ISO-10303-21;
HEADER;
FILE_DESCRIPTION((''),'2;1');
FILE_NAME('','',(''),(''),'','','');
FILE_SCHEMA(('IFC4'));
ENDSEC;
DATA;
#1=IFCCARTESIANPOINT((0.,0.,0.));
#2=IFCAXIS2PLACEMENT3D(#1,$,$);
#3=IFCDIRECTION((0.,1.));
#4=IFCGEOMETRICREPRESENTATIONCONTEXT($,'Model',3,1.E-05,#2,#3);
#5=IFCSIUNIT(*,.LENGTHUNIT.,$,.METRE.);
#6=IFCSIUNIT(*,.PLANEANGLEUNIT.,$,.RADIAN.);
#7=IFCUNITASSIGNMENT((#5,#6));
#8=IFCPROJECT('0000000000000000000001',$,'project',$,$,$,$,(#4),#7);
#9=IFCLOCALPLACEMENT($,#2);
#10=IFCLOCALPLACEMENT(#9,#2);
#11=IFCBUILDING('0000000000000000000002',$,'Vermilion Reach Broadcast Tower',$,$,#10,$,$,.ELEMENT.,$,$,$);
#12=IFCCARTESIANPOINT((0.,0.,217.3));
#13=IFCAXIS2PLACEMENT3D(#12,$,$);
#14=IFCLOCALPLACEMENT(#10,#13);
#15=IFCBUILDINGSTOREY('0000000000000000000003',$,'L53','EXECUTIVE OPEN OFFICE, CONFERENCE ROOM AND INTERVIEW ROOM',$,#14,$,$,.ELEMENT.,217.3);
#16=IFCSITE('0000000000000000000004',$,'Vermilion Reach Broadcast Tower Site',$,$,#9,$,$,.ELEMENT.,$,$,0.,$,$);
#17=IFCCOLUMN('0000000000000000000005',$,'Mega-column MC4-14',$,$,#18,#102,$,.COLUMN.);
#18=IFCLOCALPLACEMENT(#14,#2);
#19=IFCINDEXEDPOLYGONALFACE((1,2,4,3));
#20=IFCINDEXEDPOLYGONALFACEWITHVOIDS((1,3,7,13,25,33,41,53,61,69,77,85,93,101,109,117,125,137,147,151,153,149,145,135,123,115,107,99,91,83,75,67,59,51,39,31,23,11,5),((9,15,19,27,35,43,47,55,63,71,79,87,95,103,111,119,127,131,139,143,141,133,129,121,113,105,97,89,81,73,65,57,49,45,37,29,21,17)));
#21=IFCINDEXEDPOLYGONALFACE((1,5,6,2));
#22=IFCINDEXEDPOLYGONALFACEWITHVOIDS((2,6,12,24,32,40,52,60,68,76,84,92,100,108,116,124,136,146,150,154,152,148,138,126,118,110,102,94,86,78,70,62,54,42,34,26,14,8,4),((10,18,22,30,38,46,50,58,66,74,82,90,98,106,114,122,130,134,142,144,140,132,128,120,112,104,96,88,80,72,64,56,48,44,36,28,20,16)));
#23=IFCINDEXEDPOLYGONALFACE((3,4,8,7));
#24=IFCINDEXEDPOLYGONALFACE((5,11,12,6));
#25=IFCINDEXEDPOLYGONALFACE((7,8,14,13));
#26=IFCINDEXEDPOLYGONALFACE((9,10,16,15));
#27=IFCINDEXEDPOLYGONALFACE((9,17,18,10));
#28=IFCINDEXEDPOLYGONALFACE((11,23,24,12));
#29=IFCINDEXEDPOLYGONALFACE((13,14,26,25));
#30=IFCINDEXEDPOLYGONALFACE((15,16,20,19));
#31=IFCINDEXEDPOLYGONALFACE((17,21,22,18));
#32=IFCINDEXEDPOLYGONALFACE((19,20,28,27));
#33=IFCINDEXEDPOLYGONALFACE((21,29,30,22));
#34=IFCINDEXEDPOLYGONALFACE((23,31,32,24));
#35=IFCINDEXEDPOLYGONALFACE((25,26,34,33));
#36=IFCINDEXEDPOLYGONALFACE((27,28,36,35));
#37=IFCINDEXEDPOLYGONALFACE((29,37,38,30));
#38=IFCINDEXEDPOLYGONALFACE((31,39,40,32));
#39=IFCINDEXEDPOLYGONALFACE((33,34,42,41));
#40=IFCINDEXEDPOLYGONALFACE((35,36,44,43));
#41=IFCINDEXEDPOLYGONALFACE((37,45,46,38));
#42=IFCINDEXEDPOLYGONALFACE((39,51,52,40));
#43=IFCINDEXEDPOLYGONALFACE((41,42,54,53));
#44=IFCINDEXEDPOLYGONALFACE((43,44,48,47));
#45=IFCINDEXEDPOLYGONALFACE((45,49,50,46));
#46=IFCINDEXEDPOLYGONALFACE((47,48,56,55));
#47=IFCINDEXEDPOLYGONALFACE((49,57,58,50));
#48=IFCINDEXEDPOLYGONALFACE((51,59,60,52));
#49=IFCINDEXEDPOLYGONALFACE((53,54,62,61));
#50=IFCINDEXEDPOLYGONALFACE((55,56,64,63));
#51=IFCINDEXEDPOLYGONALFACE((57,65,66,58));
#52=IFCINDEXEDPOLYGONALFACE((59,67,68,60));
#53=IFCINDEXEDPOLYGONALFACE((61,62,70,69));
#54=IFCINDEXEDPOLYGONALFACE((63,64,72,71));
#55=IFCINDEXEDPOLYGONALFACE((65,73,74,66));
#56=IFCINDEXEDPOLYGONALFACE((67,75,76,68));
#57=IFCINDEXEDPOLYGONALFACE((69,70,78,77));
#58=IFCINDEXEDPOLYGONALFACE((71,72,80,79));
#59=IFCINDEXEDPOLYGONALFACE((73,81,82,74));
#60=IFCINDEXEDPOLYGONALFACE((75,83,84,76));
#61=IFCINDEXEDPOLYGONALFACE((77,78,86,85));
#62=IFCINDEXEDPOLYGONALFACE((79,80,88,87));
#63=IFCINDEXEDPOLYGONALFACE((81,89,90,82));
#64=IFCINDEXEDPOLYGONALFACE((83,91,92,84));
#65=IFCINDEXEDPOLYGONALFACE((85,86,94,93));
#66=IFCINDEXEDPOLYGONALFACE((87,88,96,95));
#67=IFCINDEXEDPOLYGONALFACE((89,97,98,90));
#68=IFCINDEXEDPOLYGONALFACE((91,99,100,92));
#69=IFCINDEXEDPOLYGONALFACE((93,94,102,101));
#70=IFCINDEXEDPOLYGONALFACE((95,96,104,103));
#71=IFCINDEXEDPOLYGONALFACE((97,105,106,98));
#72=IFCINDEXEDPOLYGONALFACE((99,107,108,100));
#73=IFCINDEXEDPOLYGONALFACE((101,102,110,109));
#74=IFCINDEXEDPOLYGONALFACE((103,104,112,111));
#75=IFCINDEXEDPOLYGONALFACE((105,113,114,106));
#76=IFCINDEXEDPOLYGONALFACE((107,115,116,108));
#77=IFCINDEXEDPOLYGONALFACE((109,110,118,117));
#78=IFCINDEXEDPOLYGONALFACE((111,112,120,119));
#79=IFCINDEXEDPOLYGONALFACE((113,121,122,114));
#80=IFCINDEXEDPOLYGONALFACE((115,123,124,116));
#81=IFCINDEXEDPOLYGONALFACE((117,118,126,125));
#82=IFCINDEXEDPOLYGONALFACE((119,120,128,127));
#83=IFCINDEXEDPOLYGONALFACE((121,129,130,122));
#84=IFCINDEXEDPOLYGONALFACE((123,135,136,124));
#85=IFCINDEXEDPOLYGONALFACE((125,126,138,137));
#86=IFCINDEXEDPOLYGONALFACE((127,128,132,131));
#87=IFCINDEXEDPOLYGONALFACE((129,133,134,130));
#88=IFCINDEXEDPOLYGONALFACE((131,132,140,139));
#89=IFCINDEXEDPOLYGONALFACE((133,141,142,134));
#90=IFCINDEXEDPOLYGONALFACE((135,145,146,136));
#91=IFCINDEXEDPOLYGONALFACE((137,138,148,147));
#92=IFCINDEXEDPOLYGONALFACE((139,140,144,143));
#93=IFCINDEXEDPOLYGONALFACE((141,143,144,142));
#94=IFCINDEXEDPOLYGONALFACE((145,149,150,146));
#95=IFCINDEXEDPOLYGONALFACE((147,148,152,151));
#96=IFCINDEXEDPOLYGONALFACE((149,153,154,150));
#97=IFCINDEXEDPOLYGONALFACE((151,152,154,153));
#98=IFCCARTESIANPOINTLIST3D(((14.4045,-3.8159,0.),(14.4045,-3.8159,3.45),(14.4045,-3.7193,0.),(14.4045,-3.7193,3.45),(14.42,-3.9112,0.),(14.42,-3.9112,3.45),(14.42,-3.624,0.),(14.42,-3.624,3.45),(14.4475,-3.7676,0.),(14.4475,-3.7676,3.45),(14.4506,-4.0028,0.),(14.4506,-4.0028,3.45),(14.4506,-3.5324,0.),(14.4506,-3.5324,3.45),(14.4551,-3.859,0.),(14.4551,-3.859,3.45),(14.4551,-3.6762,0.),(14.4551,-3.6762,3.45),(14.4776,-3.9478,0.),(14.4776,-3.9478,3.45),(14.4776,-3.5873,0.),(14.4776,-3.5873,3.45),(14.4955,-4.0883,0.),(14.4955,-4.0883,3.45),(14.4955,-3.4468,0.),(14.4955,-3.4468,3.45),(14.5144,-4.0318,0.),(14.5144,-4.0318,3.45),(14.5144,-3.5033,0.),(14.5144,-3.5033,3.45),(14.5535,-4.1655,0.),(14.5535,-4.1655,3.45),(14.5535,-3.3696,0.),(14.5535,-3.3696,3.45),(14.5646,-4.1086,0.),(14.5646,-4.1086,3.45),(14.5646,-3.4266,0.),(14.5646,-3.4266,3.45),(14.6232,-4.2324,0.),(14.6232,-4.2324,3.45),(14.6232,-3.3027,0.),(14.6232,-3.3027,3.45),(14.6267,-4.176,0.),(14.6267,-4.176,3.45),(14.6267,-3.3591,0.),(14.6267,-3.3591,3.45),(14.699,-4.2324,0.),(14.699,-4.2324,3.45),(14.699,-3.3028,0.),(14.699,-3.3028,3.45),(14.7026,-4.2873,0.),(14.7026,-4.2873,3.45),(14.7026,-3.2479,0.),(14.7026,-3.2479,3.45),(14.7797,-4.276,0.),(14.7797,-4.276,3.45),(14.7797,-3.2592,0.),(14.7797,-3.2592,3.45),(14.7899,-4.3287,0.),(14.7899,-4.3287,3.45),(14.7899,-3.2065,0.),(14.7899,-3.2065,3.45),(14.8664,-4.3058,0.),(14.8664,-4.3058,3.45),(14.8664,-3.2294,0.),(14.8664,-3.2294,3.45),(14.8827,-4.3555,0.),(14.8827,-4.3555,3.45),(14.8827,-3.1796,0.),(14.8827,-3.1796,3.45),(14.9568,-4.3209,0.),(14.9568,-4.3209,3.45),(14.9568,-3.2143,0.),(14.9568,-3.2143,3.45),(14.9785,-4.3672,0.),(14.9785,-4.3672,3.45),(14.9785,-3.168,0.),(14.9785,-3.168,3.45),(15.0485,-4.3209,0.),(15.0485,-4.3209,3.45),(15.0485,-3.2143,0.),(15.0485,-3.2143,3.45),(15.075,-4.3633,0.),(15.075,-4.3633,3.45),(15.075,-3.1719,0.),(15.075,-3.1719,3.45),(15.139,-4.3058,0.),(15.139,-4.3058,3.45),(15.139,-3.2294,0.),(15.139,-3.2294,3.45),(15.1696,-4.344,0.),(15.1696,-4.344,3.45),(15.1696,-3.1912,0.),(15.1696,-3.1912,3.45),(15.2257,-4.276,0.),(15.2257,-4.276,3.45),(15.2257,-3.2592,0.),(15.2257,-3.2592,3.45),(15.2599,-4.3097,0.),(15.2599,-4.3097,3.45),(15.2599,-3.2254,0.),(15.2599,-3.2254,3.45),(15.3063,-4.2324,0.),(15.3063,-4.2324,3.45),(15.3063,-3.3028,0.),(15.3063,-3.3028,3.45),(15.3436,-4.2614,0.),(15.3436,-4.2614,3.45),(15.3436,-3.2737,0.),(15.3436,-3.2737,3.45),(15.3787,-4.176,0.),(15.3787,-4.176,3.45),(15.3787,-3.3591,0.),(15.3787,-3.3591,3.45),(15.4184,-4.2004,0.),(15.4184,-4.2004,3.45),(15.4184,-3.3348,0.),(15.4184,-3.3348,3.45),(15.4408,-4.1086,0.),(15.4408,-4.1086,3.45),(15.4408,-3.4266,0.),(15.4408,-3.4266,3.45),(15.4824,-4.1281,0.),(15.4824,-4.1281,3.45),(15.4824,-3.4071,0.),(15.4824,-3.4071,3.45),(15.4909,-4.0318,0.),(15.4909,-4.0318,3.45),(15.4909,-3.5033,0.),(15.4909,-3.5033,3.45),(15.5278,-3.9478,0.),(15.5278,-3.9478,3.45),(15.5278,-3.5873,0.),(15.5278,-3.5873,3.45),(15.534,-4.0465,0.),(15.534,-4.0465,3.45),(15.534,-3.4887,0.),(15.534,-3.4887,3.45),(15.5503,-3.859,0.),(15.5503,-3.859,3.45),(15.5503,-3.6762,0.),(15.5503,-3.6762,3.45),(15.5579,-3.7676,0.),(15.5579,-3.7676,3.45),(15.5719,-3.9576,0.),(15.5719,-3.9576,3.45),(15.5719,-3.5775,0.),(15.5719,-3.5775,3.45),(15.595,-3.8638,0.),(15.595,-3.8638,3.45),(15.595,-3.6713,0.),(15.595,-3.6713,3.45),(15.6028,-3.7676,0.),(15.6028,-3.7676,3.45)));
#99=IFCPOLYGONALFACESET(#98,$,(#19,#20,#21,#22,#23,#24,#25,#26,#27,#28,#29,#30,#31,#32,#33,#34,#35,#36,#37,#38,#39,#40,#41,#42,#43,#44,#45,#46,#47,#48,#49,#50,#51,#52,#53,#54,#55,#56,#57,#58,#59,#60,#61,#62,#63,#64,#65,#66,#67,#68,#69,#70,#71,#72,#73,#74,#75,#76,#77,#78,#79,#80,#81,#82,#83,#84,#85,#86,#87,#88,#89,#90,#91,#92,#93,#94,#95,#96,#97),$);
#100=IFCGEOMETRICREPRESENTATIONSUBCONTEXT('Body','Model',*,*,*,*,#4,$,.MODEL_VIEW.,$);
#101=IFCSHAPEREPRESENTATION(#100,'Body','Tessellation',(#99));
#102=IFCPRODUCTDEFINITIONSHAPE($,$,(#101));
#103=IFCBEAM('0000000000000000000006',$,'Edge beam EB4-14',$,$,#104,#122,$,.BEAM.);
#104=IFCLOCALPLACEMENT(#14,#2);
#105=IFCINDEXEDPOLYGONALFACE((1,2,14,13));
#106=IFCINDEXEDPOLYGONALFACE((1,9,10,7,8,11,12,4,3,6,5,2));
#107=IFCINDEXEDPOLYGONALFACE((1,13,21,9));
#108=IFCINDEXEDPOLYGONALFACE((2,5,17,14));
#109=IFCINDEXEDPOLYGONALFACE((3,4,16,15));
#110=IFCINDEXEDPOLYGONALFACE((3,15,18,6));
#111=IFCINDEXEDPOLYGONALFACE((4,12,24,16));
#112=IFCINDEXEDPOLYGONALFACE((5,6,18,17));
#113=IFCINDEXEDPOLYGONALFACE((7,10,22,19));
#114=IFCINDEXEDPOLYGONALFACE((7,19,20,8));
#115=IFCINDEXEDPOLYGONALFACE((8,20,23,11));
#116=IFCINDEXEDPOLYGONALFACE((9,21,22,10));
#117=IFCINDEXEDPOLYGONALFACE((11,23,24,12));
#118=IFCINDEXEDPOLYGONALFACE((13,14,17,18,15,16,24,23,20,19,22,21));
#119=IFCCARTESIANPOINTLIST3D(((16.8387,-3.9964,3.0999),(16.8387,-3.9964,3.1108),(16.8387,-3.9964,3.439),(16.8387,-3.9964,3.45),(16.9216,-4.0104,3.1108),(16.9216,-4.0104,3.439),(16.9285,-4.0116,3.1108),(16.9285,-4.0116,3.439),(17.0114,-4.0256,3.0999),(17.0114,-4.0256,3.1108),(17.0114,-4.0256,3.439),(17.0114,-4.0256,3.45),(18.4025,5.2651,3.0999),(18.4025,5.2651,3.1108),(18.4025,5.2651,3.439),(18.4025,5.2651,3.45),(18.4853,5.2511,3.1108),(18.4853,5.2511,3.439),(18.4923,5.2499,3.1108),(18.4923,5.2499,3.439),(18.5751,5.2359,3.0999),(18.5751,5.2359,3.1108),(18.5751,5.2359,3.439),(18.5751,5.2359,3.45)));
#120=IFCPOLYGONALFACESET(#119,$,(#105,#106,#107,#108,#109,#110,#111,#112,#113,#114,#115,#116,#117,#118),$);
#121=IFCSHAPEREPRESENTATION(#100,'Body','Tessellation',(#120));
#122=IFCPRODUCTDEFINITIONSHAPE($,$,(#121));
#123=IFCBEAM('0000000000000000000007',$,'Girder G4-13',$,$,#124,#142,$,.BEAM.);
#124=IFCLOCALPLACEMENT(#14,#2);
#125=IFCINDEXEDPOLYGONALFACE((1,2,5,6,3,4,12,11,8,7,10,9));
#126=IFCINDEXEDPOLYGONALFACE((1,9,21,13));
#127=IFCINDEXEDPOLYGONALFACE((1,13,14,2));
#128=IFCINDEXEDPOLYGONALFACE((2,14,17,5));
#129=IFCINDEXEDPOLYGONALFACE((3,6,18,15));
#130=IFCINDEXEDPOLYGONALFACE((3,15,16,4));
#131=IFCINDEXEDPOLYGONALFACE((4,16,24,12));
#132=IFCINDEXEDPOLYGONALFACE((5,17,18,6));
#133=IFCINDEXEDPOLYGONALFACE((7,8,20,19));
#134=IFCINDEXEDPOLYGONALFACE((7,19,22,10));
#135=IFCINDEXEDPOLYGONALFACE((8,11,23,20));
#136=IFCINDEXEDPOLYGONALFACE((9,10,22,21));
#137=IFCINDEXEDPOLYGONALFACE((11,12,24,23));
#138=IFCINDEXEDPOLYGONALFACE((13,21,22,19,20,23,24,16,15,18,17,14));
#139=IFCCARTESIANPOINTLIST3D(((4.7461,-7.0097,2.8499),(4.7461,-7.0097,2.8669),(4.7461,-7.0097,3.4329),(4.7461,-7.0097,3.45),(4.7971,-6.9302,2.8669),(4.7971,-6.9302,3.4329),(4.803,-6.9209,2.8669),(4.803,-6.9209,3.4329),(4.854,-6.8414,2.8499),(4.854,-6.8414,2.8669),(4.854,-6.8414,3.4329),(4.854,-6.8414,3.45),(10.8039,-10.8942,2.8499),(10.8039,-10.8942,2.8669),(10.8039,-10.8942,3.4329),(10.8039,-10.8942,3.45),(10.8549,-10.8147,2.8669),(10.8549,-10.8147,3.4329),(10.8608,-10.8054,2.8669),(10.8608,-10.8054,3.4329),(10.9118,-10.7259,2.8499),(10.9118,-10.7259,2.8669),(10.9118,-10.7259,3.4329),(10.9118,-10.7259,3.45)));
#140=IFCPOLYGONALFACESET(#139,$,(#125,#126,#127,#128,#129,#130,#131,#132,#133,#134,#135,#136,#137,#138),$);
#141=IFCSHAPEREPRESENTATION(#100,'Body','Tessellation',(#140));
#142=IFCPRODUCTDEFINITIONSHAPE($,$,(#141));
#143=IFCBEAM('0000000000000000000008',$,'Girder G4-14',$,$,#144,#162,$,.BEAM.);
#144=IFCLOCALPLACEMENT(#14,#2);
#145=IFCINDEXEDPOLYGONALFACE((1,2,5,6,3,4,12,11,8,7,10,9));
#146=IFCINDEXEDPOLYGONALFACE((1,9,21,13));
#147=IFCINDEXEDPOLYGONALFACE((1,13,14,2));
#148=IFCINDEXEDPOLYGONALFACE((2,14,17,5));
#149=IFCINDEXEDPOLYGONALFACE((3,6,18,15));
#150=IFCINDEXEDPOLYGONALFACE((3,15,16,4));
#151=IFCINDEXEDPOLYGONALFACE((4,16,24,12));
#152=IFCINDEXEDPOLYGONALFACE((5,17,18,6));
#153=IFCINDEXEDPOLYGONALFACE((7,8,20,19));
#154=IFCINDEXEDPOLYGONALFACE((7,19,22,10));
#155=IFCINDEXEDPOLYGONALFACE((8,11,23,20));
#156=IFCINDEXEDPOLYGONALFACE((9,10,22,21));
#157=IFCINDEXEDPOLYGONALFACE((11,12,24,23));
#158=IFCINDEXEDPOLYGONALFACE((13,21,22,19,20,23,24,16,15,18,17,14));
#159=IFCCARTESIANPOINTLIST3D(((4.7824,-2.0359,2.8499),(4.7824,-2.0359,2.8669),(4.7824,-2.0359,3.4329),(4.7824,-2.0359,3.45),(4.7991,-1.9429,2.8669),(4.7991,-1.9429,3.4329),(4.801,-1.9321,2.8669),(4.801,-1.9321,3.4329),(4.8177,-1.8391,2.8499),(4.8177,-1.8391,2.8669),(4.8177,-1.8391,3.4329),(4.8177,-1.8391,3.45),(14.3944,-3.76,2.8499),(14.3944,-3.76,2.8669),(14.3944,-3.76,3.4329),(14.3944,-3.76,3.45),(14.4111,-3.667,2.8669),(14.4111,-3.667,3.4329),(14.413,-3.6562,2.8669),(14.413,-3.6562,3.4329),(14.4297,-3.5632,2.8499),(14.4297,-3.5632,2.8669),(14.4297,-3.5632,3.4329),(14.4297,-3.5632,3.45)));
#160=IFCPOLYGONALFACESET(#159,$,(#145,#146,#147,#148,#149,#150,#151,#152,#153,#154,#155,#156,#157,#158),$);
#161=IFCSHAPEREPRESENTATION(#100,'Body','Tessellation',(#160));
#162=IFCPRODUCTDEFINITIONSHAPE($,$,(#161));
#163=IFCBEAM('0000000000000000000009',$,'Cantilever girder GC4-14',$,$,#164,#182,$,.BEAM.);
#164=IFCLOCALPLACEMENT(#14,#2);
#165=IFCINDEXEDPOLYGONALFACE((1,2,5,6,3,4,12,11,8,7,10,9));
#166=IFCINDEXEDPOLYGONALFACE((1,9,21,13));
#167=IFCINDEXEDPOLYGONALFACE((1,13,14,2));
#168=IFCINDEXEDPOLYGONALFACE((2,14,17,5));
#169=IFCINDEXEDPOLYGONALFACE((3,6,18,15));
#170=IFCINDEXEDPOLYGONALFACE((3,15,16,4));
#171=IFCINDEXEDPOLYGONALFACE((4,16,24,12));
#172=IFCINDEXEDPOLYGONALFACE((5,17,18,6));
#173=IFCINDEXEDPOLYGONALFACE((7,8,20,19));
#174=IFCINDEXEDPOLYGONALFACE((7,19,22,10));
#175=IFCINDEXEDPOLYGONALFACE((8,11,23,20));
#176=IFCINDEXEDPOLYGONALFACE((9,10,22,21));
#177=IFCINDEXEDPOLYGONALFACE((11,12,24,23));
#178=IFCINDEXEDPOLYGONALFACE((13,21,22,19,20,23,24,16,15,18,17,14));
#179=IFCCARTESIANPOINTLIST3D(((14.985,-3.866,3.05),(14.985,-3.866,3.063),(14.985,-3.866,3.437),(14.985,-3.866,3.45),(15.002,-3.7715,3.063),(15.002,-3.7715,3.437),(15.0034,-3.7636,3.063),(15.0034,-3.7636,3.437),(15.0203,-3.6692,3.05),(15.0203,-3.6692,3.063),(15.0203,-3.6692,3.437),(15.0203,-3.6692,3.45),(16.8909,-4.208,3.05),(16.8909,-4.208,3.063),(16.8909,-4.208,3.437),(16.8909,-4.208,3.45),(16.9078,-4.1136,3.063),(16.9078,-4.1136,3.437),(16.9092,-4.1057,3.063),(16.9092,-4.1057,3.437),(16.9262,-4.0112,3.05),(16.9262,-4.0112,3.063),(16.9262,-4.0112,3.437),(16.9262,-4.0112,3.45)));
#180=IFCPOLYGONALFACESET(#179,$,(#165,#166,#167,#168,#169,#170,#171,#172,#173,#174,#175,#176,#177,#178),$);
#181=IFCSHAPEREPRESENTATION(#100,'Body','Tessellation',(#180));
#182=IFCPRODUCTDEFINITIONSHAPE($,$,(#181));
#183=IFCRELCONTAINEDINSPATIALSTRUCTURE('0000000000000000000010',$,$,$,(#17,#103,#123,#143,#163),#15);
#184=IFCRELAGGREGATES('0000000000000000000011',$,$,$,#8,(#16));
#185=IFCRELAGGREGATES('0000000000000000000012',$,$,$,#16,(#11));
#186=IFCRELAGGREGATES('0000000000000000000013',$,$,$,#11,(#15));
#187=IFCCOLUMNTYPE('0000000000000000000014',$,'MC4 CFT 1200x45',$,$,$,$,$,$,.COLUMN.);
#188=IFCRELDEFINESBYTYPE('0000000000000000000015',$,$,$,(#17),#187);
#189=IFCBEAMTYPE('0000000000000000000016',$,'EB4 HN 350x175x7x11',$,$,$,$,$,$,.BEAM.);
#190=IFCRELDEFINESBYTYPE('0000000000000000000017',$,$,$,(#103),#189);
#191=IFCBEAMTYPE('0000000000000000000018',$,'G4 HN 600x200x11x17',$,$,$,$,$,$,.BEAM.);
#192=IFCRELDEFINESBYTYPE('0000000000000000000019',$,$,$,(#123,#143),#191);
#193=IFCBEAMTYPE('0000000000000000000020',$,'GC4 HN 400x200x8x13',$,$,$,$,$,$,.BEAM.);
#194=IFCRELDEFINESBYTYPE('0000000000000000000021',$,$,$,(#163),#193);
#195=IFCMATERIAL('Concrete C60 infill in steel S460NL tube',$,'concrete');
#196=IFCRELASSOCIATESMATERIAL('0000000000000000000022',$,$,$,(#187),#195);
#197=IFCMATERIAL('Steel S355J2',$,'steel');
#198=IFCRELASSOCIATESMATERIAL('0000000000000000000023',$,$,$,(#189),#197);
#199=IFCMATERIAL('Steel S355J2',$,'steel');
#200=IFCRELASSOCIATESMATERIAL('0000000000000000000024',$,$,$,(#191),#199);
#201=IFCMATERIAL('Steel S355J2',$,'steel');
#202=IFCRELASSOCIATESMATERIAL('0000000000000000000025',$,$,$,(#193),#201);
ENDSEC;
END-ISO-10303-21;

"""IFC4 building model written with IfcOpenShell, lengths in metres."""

from ifc_helpers import new_model, si_unit, direction, frame, origin, origin_2d, place, context, subcontext, project, spatial, hollow_circle, i_section, extrude, material, material_profile, profile_set, type_object, element, save


model = new_model("IFC4")

# Units and contexts
model_context = context("Model", 3, precision=1e-05, world=origin(), true_north=direction((0.0, 1.0)))
body_context = subcontext(model_context, "Body", "Model", "MODEL_VIEW")
ifc_project = project(units=[si_unit("LENGTHUNIT", "METRE"), si_unit("PLANEANGLEUNIT", "RADIAN")], contexts=[model_context])

# Site, building, storey
site_placement = place(None, origin())
site = spatial("IfcSite", under=ifc_project, at=site_placement, Name="Vermilion Reach Broadcast Tower Site", CompositionType="ELEMENT", RefElevation=0.0)
building_placement = place(site_placement, origin())
building = spatial("IfcBuilding", under=site, at=building_placement, Name="Vermilion Reach Broadcast Tower", CompositionType="ELEMENT")
storey_placement = place(building_placement, frame((0.0, 0.0, 217.3)))
storey = spatial("IfcBuildingStorey", under=building, at=storey_placement, Name="L53", Description="EXECUTIVE OPEN OFFICE, CONFERENCE ROOM AND INTERVIEW ROOM", CompositionType="ELEMENT", Elevation=217.3)

# Column
ifc_material_1 = material(Name="Concrete C60 infill in steel S460NL tube", Category="concrete")
ifc_material_profile_1 = material_profile(ifc_material_1, hollow_circle(Radius=0.6001, WallThickness=0.0449, at=origin_2d()), Name="Concrete C60 infill in steel S460NL tube CFT 1200x45")
ifc_profile_set_1 = profile_set([ifc_material_profile_1], Name="Concrete C60 infill in steel S460NL tube")
column_type = type_object("IfcColumnType", Name="MC4 CFT 1200x45", PredefinedType="COLUMN", material=ifc_profile_set_1)
column_placement = place(storey_placement, frame((15.0027, -3.7676, 0.0), z_axis=(0.0, 0.0, 1.0), x_axis=(1.0, 0.0, 0.0)))
element("IfcColumn", 1, at=column_placement, inside=storey, type_object=column_type, Name="Mega-column MC4-14", PredefinedType="COLUMN", context=body_context, shape_type="SweptSolid", body=[
    extrude(hollow_circle(Radius=0.6001, WallThickness=0.0449, at=origin_2d()), origin(), (0.0, 0.0, 1.0), 3.45),
])

# Beams
ifc_material_2 = material(Name="Steel S355J2", Category="steel")
ifc_material_profile_2 = material_profile(ifc_material_2, i_section(OverallWidth=0.175, OverallDepth=0.3501, WebThickness=0.0071, FlangeThickness=0.011, at=origin_2d()), Name="S355J2 HN 350x175x7x11")
ifc_profile_set_2 = profile_set([ifc_material_profile_2], Name="Steel S355J2")
beam_type_1 = type_object("IfcBeamType", Name="EB4 HN 350x175x7x11", PredefinedType="BEAM", material=ifc_profile_set_2)
beam_1_placement = place(storey_placement, frame((16.925, -4.011, 3.2749), z_axis=(0.166485, 0.986044, 0.0), x_axis=(-0.986044, 0.166485, 0.0)))
element("IfcBeam", 2, at=beam_1_placement, inside=storey, type_object=beam_type_1, Name="Edge beam EB4-14", PredefinedType="BEAM", context=body_context, shape_type="SweptSolid", body=[
    extrude(i_section(OverallWidth=0.175, OverallDepth=0.3501, WebThickness=0.0071, FlangeThickness=0.011, at=origin_2d()), origin(), (0.0, 0.0, 1.0), 9.3926),
])
ifc_material_3 = material(Name="Steel S355J2", Category="steel")
ifc_material_profile_3 = material_profile(ifc_material_3, i_section(OverallWidth=0.2, OverallDepth=0.6001, WebThickness=0.011, FlangeThickness=0.0171, at=origin_2d()), Name="S355J2 HN 600x200x11x17")
ifc_profile_set_3 = profile_set([ifc_material_profile_3], Name="Steel S355J2")
beam_type_2 = type_object("IfcBeamType", Name="G4 HN 600x200x11x17", PredefinedType="BEAM", material=ifc_profile_set_3)
beam_2_placement = place(storey_placement, frame((4.8, -6.9255, 3.1499), z_axis=(0.841799, -0.539792, 0.0), x_axis=(0.539792, 0.841799, 0.0)))
element("IfcBeam", 3, at=beam_2_placement, inside=storey, type_object=beam_type_2, Name="Girder G4-13", PredefinedType="BEAM", context=body_context, shape_type="SweptSolid", body=[
    extrude(i_section(OverallWidth=0.2, OverallDepth=0.6001, WebThickness=0.011, FlangeThickness=0.0171, at=origin_2d()), origin(), (0.0, 0.0, 1.0), 7.1963),
])
beam_3_placement = place(storey_placement, frame((4.8, -1.9375, 3.1499), z_axis=(0.984291, -0.176553, 0.0), x_axis=(0.176553, 0.984291, 0.0)))
element("IfcBeam", 4, at=beam_3_placement, inside=storey, type_object=beam_type_2, Name="Girder G4-14", PredefinedType="BEAM", context=body_context, shape_type="SweptSolid", body=[
    extrude(i_section(OverallWidth=0.2, OverallDepth=0.6001, WebThickness=0.011, FlangeThickness=0.0171, at=origin_2d()), origin(), (0.0, 0.0, 1.0), 9.7654),
])
ifc_material_4 = material(Name="Steel S355J2", Category="steel")
ifc_material_profile_4 = material_profile(ifc_material_4, i_section(OverallWidth=0.2, OverallDepth=0.3999, WebThickness=0.0081, FlangeThickness=0.0129, at=origin_2d()), Name="S355J2 HN 400x200x8x13")
ifc_profile_set_4 = profile_set([ifc_material_profile_4], Name="Steel S355J2")
beam_type_3 = type_object("IfcBeamType", Name="GC4 HN 400x200x8x13", PredefinedType="BEAM", material=ifc_profile_set_4)
beam_4_placement = place(storey_placement, frame((15.0027, -3.7676, 3.25), z_axis=(0.984273, -0.176655, 0.0), x_axis=(0.176655, 0.984273, 0.0)))
element("IfcBeam", 5, at=beam_4_placement, inside=storey, type_object=beam_type_3, Name="Cantilever girder GC4-14", PredefinedType="BEAM", context=body_context, shape_type="SweptSolid", body=[
    extrude(i_section(OverallWidth=0.2, OverallDepth=0.3999, WebThickness=0.0081, FlangeThickness=0.0129, at=origin_2d()), origin(), (0.0, 0.0, 1.0), 1.9363),
])

save(model, "model.ifc")
